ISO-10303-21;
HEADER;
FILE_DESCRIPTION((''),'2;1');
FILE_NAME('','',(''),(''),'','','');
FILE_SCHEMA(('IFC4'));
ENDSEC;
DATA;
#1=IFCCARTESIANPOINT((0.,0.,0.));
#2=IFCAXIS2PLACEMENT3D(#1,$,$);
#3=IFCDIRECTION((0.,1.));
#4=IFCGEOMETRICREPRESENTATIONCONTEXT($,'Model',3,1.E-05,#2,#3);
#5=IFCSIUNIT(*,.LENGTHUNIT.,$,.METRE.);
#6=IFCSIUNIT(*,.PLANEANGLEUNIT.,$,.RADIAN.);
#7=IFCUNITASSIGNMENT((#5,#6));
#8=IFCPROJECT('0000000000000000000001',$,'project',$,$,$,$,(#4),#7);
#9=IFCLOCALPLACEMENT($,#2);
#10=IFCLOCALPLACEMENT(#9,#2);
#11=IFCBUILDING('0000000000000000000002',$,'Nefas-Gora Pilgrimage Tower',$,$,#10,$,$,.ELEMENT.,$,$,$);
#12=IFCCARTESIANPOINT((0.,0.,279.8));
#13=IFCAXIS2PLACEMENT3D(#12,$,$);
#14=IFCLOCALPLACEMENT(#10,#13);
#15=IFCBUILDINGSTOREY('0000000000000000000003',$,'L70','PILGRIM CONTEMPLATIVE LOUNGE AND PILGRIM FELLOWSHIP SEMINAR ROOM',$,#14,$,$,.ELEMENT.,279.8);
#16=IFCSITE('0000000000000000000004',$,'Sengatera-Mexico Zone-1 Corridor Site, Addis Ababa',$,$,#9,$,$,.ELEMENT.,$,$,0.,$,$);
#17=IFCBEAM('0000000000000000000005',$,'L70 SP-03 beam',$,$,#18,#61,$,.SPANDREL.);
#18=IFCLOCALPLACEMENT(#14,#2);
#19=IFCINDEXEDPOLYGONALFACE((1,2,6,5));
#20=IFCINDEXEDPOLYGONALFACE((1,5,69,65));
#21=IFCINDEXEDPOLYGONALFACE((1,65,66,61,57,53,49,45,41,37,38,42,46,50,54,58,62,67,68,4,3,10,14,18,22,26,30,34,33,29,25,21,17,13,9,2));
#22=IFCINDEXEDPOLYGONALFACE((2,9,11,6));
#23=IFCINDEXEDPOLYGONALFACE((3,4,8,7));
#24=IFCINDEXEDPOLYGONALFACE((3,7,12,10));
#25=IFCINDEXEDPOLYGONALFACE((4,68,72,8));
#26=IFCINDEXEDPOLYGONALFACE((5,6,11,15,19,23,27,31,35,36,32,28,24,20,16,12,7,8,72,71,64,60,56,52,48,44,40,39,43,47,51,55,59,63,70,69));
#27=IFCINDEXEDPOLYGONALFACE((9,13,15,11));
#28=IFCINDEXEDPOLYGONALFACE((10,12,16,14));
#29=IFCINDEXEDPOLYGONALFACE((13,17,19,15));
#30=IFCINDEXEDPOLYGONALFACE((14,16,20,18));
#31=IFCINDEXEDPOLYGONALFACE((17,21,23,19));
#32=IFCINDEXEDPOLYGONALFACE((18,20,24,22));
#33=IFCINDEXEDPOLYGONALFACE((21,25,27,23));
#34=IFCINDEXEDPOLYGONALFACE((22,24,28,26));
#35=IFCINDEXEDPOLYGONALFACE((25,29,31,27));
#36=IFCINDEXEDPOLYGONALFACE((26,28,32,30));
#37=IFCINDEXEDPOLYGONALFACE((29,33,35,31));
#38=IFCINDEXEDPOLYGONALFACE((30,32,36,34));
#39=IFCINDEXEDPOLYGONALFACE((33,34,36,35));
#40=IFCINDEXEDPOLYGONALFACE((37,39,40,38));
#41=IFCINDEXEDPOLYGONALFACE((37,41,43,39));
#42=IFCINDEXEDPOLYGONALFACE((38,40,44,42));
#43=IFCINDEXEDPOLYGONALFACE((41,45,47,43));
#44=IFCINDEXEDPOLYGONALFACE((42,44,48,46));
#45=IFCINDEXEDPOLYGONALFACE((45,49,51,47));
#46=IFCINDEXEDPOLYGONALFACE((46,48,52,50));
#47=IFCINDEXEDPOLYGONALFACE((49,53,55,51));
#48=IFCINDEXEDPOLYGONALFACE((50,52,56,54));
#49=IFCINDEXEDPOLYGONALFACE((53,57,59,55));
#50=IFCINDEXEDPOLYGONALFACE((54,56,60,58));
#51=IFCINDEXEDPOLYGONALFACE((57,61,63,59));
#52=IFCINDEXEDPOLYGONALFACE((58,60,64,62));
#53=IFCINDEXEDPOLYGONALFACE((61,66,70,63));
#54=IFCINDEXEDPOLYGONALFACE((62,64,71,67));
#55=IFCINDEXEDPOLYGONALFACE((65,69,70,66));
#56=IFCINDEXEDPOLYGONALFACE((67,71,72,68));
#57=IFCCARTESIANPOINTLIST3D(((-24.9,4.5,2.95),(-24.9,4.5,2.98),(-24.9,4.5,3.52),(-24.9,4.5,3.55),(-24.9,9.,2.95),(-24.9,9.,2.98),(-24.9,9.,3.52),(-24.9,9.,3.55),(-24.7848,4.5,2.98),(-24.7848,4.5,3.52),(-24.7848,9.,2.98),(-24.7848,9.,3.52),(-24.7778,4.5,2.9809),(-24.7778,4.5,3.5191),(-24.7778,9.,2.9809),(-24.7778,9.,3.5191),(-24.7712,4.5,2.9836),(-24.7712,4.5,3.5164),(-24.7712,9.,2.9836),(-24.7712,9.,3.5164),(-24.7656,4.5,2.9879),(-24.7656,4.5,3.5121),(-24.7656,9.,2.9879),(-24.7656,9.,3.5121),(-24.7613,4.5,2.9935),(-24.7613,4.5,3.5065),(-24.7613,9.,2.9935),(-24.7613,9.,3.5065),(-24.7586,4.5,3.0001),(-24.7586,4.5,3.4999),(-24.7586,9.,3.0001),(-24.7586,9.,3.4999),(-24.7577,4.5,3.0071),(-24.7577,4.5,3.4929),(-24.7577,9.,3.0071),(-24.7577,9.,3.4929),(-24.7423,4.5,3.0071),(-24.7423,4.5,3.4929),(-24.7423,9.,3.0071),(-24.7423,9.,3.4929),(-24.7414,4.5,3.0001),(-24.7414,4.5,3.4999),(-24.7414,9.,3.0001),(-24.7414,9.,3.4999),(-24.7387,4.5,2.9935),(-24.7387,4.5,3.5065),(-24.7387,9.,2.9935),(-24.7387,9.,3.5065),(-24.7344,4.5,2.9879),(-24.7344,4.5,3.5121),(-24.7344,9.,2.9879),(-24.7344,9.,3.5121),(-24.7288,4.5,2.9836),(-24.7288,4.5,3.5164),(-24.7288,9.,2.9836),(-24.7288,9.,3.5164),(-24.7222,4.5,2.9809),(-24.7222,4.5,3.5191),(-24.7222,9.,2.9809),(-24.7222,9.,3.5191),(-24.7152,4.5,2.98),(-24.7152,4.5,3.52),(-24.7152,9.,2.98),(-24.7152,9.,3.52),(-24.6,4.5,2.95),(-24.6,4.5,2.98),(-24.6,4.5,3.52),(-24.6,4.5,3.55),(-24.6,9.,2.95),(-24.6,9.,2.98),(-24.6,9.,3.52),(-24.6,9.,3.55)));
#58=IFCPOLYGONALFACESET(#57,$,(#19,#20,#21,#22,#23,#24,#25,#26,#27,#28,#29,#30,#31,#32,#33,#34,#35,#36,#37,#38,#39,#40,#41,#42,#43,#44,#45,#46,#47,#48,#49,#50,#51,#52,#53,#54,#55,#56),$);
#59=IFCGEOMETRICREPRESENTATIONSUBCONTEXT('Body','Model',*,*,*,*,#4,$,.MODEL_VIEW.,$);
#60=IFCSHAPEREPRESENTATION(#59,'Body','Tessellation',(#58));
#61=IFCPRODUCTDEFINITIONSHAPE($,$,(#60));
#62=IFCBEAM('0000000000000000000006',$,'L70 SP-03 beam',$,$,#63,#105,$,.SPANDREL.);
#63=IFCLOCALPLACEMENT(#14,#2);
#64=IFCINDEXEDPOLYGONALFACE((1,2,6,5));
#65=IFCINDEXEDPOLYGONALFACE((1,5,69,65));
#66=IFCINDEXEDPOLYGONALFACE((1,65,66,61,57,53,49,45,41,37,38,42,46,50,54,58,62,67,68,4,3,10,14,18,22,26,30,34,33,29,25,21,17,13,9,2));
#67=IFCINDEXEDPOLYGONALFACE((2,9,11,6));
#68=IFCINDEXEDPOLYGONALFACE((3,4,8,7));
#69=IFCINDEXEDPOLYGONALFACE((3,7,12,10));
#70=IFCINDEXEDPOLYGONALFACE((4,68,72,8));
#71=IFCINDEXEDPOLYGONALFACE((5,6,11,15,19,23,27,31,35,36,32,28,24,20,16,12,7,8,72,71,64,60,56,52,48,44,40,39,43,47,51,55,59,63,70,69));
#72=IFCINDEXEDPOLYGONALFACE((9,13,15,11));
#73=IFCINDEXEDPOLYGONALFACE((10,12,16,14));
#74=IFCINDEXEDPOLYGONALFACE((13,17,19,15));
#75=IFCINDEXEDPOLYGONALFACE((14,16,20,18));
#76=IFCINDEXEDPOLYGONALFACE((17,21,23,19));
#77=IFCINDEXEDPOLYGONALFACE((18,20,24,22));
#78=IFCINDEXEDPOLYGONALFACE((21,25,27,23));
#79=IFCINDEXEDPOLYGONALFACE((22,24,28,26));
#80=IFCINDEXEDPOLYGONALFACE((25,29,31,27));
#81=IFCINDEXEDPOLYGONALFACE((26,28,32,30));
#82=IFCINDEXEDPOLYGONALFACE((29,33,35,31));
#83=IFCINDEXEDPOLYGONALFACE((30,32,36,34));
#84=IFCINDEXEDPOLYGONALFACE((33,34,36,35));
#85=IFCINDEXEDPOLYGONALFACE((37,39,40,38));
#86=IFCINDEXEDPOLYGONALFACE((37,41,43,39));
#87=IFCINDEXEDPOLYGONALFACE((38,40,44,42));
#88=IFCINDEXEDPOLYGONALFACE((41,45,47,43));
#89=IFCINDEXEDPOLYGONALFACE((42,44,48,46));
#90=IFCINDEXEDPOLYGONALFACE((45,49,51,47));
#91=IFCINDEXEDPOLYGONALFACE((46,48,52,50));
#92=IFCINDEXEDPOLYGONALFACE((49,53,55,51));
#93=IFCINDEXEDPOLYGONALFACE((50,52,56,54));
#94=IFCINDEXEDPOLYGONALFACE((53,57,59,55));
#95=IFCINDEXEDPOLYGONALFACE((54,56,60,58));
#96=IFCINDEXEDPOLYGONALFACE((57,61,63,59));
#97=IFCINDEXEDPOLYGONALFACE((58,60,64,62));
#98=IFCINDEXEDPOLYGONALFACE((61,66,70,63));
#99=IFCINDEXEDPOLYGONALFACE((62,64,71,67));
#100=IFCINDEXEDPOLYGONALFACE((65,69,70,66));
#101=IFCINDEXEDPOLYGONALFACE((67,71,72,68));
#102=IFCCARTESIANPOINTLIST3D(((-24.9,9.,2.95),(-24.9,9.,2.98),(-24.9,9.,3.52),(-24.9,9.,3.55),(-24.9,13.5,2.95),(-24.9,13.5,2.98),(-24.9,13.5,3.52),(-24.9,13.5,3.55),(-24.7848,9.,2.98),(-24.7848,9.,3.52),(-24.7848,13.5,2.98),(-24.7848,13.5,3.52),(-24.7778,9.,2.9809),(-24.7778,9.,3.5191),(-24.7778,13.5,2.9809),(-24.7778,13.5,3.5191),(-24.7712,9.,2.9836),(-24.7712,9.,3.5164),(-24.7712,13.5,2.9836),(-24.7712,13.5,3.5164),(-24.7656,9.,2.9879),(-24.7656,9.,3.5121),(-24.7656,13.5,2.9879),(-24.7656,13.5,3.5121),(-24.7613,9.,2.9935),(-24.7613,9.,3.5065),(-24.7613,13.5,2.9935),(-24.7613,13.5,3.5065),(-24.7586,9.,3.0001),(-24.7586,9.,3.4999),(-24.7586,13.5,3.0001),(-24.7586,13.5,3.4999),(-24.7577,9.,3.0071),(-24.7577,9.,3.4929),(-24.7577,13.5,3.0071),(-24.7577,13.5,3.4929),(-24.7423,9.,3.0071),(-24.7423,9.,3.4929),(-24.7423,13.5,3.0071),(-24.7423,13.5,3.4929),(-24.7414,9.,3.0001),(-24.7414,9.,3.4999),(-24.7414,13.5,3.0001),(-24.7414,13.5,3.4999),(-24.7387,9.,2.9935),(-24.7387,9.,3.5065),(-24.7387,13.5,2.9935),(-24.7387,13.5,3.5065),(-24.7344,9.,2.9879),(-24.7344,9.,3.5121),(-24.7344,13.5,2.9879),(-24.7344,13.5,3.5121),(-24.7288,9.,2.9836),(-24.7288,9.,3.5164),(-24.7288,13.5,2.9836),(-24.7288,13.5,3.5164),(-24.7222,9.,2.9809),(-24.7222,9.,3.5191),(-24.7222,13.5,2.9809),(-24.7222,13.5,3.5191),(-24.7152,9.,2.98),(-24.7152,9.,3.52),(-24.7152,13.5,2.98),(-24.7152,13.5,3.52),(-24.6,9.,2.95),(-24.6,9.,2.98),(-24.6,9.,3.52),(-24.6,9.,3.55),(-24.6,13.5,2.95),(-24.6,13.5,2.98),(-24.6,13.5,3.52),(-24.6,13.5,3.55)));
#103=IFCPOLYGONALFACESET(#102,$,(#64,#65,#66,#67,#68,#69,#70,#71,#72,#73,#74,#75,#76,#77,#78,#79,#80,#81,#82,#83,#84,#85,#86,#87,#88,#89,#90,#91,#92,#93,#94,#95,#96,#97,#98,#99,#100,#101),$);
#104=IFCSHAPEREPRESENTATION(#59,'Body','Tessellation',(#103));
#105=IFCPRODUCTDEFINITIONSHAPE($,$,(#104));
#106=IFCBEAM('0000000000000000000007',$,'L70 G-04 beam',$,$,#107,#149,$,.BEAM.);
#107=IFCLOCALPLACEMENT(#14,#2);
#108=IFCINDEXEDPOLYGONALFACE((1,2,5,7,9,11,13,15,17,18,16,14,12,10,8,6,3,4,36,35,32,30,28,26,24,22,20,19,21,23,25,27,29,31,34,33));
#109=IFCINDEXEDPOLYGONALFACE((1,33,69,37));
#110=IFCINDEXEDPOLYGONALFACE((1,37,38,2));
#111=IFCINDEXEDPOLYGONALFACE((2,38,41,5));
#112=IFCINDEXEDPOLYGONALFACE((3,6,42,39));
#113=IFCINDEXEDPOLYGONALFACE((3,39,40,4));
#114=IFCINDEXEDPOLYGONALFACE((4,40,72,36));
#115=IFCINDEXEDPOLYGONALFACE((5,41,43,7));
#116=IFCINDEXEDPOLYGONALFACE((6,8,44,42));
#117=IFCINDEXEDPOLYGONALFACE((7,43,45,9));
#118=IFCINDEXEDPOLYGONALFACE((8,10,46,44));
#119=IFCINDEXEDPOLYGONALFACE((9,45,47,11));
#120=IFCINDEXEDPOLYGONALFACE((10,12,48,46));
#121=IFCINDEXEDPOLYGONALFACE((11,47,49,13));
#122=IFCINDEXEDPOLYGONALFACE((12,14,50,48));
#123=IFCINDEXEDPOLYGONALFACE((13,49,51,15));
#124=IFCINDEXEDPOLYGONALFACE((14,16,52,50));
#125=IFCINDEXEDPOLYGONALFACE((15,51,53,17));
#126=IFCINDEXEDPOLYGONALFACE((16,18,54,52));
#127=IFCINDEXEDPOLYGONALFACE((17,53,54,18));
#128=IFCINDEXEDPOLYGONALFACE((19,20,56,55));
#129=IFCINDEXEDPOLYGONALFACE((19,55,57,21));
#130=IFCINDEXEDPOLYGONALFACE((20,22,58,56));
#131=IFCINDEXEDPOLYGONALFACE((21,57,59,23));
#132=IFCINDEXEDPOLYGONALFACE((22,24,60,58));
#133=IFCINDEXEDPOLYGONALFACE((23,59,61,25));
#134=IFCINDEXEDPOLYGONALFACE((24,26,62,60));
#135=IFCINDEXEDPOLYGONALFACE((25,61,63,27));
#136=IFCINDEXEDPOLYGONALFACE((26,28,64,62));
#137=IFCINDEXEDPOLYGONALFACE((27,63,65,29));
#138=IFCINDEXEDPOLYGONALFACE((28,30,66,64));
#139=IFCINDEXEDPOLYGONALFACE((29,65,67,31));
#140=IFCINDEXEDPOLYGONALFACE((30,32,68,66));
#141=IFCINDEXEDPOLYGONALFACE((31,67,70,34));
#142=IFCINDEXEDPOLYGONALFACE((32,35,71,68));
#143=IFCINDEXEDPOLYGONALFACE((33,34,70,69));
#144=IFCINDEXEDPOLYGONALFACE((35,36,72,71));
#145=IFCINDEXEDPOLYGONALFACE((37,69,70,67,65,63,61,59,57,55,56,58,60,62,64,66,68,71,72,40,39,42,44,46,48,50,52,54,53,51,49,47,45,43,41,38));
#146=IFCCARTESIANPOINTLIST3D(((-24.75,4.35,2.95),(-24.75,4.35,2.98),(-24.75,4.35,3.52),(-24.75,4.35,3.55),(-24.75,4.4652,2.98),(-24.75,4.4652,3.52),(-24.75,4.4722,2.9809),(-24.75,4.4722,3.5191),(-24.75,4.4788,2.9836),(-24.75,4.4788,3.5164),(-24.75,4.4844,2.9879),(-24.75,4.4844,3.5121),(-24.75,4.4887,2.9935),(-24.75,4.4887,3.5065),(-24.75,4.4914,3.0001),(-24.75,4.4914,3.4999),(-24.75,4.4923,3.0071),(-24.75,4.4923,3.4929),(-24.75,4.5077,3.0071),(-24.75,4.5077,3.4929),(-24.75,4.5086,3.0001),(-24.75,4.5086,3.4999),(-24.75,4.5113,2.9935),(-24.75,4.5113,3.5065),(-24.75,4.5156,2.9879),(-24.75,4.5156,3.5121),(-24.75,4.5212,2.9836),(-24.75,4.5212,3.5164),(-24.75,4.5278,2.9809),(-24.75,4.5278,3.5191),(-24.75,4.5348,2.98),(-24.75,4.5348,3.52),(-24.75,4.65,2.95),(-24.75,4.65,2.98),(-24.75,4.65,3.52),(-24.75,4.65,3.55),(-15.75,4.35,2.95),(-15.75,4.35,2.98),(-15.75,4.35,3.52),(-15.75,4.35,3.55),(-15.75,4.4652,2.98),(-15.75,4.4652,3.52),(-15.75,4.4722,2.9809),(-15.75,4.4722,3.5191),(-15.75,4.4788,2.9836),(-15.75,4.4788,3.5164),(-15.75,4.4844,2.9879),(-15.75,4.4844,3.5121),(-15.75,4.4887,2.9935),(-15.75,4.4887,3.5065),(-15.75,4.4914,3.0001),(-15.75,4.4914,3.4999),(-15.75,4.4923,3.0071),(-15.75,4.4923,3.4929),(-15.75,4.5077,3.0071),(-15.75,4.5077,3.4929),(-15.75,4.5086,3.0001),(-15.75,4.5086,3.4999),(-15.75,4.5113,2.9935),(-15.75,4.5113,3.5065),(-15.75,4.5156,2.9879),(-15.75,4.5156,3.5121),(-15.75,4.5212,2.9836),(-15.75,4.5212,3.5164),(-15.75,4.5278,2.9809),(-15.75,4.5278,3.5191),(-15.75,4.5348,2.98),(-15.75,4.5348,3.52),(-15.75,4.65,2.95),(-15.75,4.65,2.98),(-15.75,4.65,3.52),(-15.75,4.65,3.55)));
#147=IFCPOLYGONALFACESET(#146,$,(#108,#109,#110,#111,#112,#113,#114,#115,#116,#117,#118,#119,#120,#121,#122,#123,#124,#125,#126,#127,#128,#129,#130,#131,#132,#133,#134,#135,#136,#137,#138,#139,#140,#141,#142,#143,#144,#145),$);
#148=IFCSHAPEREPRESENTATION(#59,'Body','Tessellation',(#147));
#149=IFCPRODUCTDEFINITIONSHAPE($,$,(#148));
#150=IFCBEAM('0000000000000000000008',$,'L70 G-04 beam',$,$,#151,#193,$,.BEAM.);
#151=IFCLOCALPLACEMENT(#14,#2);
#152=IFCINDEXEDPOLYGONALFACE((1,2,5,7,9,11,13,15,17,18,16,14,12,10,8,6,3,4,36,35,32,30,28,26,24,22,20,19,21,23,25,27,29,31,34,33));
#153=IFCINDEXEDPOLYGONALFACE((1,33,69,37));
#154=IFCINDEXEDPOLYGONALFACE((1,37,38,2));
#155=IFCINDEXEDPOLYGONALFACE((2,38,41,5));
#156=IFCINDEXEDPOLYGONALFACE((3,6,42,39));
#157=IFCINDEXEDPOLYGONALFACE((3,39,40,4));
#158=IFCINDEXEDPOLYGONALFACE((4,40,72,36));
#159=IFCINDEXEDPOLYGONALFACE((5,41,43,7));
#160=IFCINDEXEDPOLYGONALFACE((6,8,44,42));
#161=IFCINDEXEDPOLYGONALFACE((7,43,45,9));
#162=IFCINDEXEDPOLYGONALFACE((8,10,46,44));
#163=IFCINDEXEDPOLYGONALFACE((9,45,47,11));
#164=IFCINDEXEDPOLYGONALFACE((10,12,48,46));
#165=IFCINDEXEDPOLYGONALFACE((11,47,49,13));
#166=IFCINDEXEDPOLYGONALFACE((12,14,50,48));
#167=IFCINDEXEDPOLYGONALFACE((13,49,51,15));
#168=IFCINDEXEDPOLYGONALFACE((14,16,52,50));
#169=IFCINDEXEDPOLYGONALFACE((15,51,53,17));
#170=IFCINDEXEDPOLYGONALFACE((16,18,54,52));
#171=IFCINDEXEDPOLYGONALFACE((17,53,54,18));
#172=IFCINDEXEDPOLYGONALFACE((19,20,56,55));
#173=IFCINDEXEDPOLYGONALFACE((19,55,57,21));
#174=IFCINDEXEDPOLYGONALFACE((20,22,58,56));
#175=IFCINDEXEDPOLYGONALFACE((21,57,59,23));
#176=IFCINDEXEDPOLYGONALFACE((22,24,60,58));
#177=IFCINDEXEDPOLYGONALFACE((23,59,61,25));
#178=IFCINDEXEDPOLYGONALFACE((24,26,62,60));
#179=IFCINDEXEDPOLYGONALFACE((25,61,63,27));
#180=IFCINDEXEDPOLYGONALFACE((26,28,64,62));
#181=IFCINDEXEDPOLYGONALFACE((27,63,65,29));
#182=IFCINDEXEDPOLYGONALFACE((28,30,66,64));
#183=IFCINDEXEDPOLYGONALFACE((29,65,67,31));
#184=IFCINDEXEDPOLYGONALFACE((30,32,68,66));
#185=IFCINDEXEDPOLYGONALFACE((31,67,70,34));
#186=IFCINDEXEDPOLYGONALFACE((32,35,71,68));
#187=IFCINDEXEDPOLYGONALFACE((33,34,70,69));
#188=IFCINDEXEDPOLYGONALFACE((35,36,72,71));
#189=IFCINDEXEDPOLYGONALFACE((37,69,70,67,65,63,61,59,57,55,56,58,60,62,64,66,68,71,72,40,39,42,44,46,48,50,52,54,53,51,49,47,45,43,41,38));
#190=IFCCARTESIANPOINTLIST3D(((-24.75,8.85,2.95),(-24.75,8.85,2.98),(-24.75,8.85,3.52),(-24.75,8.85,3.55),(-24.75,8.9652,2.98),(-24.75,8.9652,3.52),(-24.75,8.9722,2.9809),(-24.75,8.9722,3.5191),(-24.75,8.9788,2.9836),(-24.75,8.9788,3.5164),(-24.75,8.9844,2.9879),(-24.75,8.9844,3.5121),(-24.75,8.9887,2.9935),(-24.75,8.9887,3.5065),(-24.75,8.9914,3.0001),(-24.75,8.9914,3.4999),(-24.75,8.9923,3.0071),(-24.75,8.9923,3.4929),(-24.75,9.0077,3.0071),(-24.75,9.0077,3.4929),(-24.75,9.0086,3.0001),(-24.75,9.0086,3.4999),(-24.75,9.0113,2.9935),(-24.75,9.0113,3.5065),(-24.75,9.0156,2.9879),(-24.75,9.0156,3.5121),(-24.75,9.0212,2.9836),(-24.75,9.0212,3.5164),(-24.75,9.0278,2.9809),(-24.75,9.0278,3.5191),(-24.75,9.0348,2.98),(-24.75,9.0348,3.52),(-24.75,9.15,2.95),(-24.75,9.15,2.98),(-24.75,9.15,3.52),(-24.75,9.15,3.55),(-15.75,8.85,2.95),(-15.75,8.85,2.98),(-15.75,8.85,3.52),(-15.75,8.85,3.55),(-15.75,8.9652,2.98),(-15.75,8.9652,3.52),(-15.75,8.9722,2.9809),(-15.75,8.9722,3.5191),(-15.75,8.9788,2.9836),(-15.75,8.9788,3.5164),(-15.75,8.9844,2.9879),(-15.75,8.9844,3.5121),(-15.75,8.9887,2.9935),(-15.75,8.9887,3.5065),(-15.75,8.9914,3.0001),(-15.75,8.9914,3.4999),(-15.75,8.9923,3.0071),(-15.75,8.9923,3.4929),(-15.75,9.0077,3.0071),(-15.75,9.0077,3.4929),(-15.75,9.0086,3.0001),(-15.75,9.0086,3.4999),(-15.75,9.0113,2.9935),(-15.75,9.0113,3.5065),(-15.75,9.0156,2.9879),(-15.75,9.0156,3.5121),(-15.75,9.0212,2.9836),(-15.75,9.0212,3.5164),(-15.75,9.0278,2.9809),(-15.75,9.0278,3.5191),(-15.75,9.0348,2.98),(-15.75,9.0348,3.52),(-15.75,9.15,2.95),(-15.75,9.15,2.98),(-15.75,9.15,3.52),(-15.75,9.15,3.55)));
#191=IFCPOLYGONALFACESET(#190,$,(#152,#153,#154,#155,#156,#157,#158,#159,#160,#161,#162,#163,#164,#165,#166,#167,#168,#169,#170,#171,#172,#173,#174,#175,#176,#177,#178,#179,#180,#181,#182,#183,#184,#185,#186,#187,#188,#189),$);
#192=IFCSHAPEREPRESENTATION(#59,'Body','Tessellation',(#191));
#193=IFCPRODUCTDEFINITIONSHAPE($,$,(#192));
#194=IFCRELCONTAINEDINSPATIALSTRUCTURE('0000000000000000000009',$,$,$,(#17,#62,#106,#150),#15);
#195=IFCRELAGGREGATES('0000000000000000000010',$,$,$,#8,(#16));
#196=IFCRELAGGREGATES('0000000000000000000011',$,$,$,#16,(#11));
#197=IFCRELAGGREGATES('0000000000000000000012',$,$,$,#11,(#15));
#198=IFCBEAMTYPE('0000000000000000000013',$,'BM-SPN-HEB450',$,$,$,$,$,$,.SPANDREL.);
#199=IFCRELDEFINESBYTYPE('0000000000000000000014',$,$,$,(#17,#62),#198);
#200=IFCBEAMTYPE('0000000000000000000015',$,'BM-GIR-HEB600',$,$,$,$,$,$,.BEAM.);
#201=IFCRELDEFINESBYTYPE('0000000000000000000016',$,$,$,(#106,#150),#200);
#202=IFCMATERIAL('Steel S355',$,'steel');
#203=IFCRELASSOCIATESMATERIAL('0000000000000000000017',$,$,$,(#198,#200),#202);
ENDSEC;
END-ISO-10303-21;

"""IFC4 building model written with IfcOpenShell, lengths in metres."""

from ifc_helpers import new_model, si_unit, direction, frame, origin, origin_2d, place, context, subcontext, project, spatial, i_section, extrude, source, transform, mapped, material, material_profile, profile_set, type_object, element, save


model = new_model("IFC4")

# Units and contexts
model_context = context("Model", 3, precision=1e-05, world=origin(), true_north=direction((0.0, 1.0)))
body_context = subcontext(model_context, "Body", "Model", "MODEL_VIEW")
ifc_project = project(units=[si_unit("LENGTHUNIT", "METRE"), si_unit("PLANEANGLEUNIT", "RADIAN")], contexts=[model_context])

# Site, building, storey
site_placement = place(None, origin())
site = spatial("IfcSite", under=ifc_project, at=site_placement, Name="Sengatera-Mexico Zone-1 Corridor Site, Addis Ababa", CompositionType="ELEMENT", RefElevation=0.0)
building_placement = place(site_placement, origin())
building = spatial("IfcBuilding", under=site, at=building_placement, Name="Nefas-Gora Pilgrimage Tower", CompositionType="ELEMENT")
storey_placement = place(building_placement, frame((0.0, 0.0, 279.8)))
storey = spatial("IfcBuildingStorey", under=building, at=storey_placement, Name="L70", Description="PILGRIM CONTEMPLATIVE LOUNGE AND PILGRIM FELLOWSHIP SEMINAR ROOM", CompositionType="ELEMENT", Elevation=279.8)

# Shared definitions
ifc_material_1 = material(Name="Steel S355", Category="steel")

# Beams
ifc_material_profile_1 = material_profile(ifc_material_1, i_section(OverallWidth=0.3, OverallDepth=0.6001, WebThickness=0.0154, FlangeThickness=0.03, FilletRadius=0.0271, at=origin_2d()), Name="HEB 600")
ifc_profile_set_1 = profile_set([ifc_material_profile_1], Name="Steel S355")
beam_type_1 = type_object("IfcBeamType", Name="BM-SPN-HEB450", PredefinedType="SPANDREL", material=ifc_profile_set_1)
shared_shape_1 = source(origin(), body_context, "Body", "SweptSolid", [
    extrude(i_section(OverallWidth=0.3, OverallDepth=0.6001, WebThickness=0.0154, FlangeThickness=0.03, FilletRadius=0.0271, at=origin_2d()), origin(), (0.0, 0.0, 1.0), 4.5),
])
for number, where, z_axis, x_axis, name in (
    (1, (-24.75, 4.5, 3.25), (0.0, 1.0, 0.0), (-1.0, 0.0, 0.0), "L70 SP-03 beam"),
    (2, (-24.75, 9.0, 3.25), (0.0, 1.0, 0.0), (-1.0, 0.0, 0.0), "L70 SP-03 beam"),
):
    element("IfcBeam", number, at=place(storey_placement, frame(where, z_axis=z_axis, x_axis=x_axis)), inside=storey, type_object=beam_type_1, Name=name, PredefinedType="SPANDREL", context=body_context, shape_type="MappedRepresentation", body=[
        mapped(shared_shape_1, transform((0.0, 0.0, 0.0), x_axis=(1.0, 0.0, 0.0), y_axis=(0.0, 1.0, 0.0), z_axis=(0.0, 0.0, 1.0), scale=1.0)),
    ])
ifc_material_profile_2 = material_profile(ifc_material_1, i_section(OverallWidth=0.3, OverallDepth=0.6001, WebThickness=0.0154, FlangeThickness=0.03, FilletRadius=0.0271, at=origin_2d()), Name="HEB 600")
ifc_profile_set_2 = profile_set([ifc_material_profile_2], Name="Steel S355")
beam_type_2 = type_object("IfcBeamType", Name="BM-GIR-HEB600", PredefinedType="BEAM", material=ifc_profile_set_2)
shared_shape_2 = source(origin(), body_context, "Body", "SweptSolid", [
    extrude(i_section(OverallWidth=0.3, OverallDepth=0.6001, WebThickness=0.0154, FlangeThickness=0.03, FilletRadius=0.0271, at=origin_2d()), origin(), (0.0, 0.0, 1.0), 9.0),
])
for number, where, z_axis, x_axis, name in (
    (3, (-24.75, 4.5, 3.25), (1.0, 0.0, 0.0), (0.0, 1.0, 0.0), "L70 G-04 beam"),
    (4, (-24.75, 9.0, 3.25), (1.0, 0.0, 0.0), (0.0, 1.0, 0.0), "L70 G-04 beam"),
):
    element("IfcBeam", number, at=place(storey_placement, frame(where, z_axis=z_axis, x_axis=x_axis)), inside=storey, type_object=beam_type_2, Name=name, PredefinedType="BEAM", context=body_context, shape_type="MappedRepresentation", body=[
        mapped(shared_shape_2, transform((0.0, 0.0, 0.0), x_axis=(1.0, 0.0, 0.0), y_axis=(0.0, 1.0, 0.0), z_axis=(0.0, 0.0, 1.0), scale=1.0)),
    ])

save(model, "model.ifc")
